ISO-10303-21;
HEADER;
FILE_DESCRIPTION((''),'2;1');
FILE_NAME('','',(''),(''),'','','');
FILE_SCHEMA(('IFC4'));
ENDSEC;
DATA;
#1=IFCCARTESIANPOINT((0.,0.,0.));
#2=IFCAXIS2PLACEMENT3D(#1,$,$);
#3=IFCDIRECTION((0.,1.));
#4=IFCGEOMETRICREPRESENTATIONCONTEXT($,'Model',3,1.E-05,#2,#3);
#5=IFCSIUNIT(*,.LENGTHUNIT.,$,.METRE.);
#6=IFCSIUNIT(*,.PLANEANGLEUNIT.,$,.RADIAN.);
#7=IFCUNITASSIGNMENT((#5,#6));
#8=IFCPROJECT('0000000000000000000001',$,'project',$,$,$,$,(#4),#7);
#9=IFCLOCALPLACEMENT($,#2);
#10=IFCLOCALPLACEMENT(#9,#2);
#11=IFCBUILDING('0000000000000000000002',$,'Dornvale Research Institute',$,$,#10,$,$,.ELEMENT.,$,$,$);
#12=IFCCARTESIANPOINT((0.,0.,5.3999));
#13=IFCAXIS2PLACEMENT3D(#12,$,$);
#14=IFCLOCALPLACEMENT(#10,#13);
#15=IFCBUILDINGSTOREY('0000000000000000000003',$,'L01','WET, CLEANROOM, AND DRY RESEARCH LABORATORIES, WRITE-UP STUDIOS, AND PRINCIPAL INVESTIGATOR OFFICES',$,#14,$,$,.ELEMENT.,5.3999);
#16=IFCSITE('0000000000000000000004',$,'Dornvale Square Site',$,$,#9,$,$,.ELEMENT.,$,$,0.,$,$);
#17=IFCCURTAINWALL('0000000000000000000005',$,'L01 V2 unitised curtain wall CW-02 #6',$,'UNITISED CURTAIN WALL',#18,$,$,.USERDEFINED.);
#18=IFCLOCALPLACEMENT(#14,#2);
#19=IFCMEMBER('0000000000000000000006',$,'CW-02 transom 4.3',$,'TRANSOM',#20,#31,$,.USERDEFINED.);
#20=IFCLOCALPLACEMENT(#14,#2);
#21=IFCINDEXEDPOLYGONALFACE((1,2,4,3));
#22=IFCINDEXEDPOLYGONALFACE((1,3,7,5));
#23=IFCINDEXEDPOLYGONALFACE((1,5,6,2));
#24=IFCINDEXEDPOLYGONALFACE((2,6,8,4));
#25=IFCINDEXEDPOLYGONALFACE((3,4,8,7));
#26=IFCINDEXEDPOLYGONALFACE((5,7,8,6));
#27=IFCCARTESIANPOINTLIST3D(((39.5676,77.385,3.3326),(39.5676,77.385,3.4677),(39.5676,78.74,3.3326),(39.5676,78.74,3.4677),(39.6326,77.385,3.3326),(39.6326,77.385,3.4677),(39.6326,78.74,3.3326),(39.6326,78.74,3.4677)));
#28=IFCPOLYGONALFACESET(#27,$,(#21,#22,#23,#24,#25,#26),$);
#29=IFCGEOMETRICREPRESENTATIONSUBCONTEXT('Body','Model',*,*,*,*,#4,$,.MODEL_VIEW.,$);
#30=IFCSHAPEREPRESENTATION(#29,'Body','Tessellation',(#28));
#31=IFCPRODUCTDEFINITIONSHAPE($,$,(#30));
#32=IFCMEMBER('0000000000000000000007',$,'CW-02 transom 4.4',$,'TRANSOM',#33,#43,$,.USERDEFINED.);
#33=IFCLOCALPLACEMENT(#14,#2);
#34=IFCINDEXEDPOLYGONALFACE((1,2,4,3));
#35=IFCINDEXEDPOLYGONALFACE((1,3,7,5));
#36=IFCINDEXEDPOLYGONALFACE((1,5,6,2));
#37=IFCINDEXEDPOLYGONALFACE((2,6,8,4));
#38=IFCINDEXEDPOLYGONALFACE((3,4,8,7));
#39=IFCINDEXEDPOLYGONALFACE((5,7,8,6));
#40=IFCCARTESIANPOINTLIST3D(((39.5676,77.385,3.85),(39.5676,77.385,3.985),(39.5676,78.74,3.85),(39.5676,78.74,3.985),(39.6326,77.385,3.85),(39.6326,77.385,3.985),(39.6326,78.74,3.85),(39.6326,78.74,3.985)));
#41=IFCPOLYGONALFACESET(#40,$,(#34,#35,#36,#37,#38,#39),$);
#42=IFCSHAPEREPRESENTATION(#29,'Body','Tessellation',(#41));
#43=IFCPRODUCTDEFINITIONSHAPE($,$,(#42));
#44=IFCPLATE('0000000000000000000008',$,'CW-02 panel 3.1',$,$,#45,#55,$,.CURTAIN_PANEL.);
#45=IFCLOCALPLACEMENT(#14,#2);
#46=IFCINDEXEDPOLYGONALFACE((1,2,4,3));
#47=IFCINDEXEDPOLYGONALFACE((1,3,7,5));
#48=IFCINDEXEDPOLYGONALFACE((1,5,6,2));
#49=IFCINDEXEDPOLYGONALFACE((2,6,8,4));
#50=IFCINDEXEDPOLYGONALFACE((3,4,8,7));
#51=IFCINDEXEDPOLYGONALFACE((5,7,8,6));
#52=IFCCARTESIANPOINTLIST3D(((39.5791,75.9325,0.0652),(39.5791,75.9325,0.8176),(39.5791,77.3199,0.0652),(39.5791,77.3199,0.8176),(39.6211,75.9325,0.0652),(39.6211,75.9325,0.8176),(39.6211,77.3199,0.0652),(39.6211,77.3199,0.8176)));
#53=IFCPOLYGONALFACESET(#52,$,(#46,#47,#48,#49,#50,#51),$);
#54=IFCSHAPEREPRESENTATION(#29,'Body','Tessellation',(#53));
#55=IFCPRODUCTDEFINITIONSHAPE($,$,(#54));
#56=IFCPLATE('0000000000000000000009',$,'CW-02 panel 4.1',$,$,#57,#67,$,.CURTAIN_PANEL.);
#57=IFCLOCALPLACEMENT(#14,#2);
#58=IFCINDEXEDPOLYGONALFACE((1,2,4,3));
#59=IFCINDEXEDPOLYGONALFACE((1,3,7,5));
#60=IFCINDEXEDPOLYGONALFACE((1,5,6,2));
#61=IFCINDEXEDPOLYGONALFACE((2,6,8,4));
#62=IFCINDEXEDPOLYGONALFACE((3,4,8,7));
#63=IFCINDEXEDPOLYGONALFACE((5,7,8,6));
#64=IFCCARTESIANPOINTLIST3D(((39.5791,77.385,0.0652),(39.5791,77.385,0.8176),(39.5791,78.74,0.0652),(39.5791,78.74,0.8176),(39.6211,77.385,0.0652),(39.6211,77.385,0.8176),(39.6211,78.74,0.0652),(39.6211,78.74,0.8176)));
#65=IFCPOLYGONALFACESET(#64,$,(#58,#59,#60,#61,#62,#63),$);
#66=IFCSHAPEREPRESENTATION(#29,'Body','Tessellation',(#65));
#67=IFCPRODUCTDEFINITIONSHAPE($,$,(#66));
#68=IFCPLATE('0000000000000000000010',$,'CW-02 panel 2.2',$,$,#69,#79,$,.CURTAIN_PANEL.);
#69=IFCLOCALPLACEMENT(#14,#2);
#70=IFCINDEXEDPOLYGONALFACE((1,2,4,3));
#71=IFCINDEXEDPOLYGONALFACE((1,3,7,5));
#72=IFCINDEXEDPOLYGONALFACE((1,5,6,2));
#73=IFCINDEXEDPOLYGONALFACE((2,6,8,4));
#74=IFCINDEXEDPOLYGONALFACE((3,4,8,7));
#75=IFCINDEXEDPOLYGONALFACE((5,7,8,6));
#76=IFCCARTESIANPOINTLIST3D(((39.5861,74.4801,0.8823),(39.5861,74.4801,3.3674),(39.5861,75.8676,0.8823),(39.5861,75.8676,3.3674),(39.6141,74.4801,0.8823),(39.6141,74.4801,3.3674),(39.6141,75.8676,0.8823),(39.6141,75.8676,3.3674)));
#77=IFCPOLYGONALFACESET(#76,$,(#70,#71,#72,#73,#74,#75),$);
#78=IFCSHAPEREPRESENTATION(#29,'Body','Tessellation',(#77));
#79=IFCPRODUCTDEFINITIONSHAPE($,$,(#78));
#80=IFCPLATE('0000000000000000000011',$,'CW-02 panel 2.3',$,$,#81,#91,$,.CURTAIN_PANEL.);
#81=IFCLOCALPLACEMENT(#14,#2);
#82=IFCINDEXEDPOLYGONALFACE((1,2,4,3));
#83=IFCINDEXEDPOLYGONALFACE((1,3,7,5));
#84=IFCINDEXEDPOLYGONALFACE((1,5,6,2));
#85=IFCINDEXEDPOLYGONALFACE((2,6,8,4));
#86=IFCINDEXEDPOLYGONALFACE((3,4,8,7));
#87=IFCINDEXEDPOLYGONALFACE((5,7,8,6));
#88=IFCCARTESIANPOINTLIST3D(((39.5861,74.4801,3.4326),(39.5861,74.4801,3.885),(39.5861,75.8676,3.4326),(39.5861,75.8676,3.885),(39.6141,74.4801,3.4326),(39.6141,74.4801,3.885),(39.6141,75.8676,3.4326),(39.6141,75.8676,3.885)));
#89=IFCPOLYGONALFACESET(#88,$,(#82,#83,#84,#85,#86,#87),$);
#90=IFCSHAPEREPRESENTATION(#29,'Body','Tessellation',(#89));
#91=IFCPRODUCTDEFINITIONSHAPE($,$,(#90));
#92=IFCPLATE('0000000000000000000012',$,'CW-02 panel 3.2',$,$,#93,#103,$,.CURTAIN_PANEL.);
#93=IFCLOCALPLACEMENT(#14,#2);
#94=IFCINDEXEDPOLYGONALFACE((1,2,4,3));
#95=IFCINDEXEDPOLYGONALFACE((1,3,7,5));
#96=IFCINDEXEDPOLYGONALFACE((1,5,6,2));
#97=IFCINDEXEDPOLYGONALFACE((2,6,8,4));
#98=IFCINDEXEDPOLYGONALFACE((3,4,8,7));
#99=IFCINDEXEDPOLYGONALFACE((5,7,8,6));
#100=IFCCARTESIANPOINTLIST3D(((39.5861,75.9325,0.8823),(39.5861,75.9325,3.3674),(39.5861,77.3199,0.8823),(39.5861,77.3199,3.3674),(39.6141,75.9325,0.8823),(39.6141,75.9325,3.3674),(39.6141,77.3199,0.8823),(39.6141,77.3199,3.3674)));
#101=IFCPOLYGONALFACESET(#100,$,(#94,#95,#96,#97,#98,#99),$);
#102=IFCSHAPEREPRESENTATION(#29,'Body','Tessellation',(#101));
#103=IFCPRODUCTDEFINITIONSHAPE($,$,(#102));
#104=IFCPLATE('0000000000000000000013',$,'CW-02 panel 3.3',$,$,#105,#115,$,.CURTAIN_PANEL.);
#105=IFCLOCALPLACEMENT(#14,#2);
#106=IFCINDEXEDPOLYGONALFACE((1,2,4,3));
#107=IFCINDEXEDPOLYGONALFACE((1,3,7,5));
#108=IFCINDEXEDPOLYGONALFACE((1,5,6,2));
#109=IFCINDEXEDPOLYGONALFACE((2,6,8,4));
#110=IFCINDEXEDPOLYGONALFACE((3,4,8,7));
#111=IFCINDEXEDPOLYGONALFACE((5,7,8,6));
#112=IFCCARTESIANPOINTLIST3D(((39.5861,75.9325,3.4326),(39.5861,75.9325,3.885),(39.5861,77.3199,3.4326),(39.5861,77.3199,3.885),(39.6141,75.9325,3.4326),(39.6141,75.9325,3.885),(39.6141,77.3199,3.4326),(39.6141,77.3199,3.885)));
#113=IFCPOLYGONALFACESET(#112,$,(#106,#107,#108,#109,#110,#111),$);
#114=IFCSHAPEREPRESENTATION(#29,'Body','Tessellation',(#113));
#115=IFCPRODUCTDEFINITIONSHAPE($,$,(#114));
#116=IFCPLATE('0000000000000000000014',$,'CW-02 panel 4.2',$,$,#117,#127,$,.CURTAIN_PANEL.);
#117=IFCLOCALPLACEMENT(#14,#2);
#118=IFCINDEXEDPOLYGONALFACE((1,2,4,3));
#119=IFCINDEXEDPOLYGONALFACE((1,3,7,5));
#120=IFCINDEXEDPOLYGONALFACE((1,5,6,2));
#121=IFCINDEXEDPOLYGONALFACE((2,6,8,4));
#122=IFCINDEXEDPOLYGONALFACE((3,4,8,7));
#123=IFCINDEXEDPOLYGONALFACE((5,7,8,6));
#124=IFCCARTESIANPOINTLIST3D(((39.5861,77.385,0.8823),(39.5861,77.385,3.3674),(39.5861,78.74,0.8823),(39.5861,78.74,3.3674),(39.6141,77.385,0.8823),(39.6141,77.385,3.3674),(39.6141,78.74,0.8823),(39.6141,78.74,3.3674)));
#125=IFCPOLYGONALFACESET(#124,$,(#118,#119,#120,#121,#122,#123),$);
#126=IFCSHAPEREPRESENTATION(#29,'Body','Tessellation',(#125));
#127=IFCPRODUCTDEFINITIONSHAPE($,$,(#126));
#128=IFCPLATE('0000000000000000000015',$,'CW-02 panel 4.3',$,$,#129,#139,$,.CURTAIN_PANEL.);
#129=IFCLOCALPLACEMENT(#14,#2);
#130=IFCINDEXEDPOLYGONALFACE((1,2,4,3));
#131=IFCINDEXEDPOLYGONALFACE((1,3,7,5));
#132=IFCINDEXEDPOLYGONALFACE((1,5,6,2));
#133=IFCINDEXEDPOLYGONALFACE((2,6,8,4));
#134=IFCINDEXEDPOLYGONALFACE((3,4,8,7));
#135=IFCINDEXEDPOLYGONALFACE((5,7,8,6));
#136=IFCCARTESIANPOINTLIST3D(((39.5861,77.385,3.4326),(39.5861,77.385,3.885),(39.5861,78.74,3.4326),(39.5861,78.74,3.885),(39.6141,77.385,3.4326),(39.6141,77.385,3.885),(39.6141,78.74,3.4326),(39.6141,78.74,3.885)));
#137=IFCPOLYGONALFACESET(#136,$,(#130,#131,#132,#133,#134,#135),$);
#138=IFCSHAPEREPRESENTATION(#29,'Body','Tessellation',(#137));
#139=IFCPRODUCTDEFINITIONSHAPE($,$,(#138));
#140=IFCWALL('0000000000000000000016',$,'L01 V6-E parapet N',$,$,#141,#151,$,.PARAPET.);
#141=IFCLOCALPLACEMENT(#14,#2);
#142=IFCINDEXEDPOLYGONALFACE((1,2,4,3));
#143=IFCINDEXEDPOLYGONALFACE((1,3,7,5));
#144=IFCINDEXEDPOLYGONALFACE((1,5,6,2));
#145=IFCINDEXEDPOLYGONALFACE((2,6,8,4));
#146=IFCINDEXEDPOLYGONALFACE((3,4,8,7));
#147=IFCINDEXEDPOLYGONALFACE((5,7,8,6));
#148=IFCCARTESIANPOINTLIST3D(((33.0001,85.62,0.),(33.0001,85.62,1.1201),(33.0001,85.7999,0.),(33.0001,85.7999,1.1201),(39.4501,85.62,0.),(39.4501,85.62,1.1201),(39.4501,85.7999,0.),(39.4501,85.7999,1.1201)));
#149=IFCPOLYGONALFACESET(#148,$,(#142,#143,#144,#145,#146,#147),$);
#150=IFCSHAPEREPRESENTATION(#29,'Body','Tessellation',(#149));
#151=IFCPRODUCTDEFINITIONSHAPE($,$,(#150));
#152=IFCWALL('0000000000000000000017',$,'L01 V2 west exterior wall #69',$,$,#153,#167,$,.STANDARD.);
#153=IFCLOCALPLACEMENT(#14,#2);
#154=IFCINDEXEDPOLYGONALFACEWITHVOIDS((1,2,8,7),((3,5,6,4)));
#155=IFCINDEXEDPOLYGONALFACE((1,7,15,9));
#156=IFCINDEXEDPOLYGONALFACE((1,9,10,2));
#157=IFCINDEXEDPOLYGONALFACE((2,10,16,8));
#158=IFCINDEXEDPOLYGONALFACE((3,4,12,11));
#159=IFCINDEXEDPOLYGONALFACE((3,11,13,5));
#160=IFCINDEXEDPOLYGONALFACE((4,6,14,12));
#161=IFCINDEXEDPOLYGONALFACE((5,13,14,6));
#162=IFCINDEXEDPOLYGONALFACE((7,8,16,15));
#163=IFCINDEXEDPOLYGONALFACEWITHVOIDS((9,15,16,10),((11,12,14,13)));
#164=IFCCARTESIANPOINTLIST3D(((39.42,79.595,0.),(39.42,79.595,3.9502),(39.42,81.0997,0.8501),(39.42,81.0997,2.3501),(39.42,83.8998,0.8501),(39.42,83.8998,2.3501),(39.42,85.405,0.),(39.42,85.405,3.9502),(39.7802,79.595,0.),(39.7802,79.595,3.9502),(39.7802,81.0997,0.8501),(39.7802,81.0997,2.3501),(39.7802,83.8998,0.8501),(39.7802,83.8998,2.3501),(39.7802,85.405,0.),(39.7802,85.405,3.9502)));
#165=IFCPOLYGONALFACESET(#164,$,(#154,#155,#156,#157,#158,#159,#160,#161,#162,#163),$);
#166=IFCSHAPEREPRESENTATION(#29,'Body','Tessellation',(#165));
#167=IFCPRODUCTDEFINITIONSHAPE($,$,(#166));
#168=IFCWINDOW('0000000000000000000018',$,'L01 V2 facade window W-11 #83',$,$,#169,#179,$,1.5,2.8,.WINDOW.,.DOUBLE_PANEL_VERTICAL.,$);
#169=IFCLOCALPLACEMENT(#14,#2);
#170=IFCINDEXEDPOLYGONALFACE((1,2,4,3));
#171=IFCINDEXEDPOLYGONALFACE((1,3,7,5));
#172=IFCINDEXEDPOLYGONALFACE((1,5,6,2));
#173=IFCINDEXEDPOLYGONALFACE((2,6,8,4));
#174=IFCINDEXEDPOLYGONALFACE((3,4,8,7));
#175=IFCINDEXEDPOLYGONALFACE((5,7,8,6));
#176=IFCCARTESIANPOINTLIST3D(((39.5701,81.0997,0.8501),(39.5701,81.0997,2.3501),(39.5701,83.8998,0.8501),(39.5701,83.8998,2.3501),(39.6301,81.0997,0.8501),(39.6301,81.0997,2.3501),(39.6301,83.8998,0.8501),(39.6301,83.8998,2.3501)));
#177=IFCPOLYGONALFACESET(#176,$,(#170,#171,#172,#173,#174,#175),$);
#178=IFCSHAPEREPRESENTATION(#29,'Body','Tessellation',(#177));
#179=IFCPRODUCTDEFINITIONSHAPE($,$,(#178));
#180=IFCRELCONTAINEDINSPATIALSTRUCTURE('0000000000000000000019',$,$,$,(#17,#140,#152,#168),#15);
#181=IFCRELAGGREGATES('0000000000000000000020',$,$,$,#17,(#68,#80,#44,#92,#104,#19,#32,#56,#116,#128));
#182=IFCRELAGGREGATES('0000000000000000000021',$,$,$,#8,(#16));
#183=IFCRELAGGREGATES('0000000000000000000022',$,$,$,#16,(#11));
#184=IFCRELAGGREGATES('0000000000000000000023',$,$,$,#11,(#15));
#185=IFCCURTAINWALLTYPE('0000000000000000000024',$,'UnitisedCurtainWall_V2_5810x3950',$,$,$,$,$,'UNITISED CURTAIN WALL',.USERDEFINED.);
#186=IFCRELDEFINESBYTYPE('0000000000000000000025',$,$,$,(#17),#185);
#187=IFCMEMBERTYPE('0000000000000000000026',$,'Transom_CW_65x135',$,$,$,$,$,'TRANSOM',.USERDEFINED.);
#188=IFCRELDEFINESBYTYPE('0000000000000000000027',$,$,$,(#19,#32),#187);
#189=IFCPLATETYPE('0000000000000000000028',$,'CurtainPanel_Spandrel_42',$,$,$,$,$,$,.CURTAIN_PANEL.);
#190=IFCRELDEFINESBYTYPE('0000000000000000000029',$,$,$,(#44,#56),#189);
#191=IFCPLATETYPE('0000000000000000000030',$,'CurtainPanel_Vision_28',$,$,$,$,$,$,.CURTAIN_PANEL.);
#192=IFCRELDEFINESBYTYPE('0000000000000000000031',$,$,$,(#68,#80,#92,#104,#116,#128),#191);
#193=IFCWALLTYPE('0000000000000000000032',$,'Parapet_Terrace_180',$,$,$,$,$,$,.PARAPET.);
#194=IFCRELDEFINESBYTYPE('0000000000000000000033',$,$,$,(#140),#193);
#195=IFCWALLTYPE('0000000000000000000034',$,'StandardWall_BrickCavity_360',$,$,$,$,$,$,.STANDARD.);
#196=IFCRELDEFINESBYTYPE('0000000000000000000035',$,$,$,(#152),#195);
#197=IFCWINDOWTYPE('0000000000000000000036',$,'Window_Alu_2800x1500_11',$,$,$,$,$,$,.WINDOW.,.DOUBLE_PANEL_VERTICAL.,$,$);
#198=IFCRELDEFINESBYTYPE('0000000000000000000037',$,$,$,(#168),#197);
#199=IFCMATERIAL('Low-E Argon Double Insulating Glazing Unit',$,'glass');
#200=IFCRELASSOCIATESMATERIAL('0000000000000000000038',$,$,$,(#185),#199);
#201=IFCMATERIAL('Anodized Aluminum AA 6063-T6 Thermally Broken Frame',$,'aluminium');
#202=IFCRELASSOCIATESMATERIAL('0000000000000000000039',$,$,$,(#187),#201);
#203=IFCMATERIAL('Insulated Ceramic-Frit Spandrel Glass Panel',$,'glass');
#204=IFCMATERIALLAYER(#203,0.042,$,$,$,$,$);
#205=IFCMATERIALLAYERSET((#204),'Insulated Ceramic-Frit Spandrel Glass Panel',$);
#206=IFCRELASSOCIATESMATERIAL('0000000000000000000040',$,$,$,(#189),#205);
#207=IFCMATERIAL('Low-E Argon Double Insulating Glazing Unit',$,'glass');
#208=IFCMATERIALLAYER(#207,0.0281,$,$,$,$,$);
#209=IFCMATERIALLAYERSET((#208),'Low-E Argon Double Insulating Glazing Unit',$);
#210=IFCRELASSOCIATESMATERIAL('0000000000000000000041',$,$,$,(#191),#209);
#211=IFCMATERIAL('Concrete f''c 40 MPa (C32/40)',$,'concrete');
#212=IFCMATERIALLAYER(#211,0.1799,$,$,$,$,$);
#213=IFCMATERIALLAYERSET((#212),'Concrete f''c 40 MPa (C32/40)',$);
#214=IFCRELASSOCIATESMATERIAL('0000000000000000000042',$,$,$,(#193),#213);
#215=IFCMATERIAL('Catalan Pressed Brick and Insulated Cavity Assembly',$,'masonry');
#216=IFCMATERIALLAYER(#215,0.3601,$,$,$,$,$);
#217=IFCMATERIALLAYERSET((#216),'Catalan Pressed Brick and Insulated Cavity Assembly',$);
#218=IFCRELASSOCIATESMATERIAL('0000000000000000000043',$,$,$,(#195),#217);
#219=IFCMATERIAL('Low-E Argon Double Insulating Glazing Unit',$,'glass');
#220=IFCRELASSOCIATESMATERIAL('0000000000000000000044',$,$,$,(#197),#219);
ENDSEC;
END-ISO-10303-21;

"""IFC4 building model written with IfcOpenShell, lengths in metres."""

from ifc_helpers import new_model, si_unit, direction, frame, frame_2d, origin, origin_2d, place, context, subcontext, project, spatial, rectangle, extrude, material, layer, layer_set, material_profile, profile_set, type_object, element, fill, aggregate, save


model = new_model("IFC4")

# Units and contexts
model_context = context("Model", 3, precision=1e-05, world=origin(), true_north=direction((0.0, 1.0)))
body_context = subcontext(model_context, "Body", "Model", "MODEL_VIEW")
ifc_project = project(units=[si_unit("LENGTHUNIT", "METRE"), si_unit("PLANEANGLEUNIT", "RADIAN")], contexts=[model_context])

# Site, building, storey
site_placement = place(None, origin())
site = spatial("IfcSite", under=ifc_project, at=site_placement, Name="Dornvale Square Site", CompositionType="ELEMENT", RefElevation=0.0)
building_placement = place(site_placement, origin())
building = spatial("IfcBuilding", under=site, at=building_placement, Name="Dornvale Research Institute", CompositionType="ELEMENT")
storey_placement = place(building_placement, frame((0.0, 0.0, 5.3999)))
storey = spatial("IfcBuildingStorey", under=building, at=storey_placement, Name="L01", Description="WET, CLEANROOM, AND DRY RESEARCH LABORATORIES, WRITE-UP STUDIOS, AND PRINCIPAL INVESTIGATOR OFFICES", CompositionType="ELEMENT", Elevation=5.3999)

# Curtain wall
ifc_material_1 = material(Name="Low-E Argon Double Insulating Glazing Unit", Category="glass")
curtain_wall_type = type_object("IfcCurtainWallType", Name="UnitisedCurtainWall_V2_5810x3950", ElementType="UNITISED CURTAIN WALL", PredefinedType="USERDEFINED", material=ifc_material_1)
curtain_wall_placement = place(storey_placement, origin())
curtain_wall = element("IfcCurtainWall", 1, at=curtain_wall_placement, inside=storey, type_object=curtain_wall_type, Name="L01 V2 unitised curtain wall CW-02 #6", ObjectType="UNITISED CURTAIN WALL", PredefinedType="USERDEFINED")

# Members
ifc_material_2 = material(Name="Anodized Aluminum AA 6063-T6 Thermally Broken Frame", Category="aluminium")
ifc_material_profile_1 = material_profile(ifc_material_2, rectangle(XDim=0.0649, YDim=0.135, at=origin_2d()), Name="ALU TRANSOM 65x135")
ifc_profile_set_1 = profile_set([ifc_material_profile_1], Name="Anodized Aluminum AA 6063-T6 Thermally Broken Frame")
member_type_1 = type_object("IfcMemberType", Name="Transom_CW_65x135", ElementType="TRANSOM", PredefinedType="USERDEFINED", material=ifc_profile_set_1)
member_1_placement = place(storey_placement, frame((39.6001, 77.385, 3.4001), z_axis=(0.0, 1.0, 0.0), x_axis=(-1.0, 0.0, 0.0)))
member_1 = element("IfcMember", 2, at=member_1_placement, type_object=member_type_1, Name="CW-02 transom 4.3", ObjectType="TRANSOM", PredefinedType="USERDEFINED", context=body_context, shape_type="SweptSolid", body=[
    extrude(rectangle(XDim=0.0649, YDim=0.135, at=origin_2d()), origin(), (0.0, 0.0, 1.0), 1.355),
])
member_2_placement = place(storey_placement, frame((39.6001, 77.385, 3.9175), z_axis=(0.0, 1.0, 0.0), x_axis=(-1.0, 0.0, 0.0)))
member_2 = element("IfcMember", 3, at=member_2_placement, type_object=member_type_1, Name="CW-02 transom 4.4", ObjectType="TRANSOM", PredefinedType="USERDEFINED", context=body_context, shape_type="SweptSolid", body=[
    extrude(rectangle(XDim=0.0649, YDim=0.135, at=origin_2d()), origin(), (0.0, 0.0, 1.0), 1.355),
])

# Plates
ifc_material_3 = material(Name="Insulated Ceramic-Frit Spandrel Glass Panel", Category="glass")
ifc_layer_1 = layer(ifc_material_3, 0.042)
ifc_layer_set_1 = layer_set([ifc_layer_1], Name="Insulated Ceramic-Frit Spandrel Glass Panel")
plate_type_1 = type_object("IfcPlateType", Name="CurtainPanel_Spandrel_42", PredefinedType="CURTAIN_PANEL", material=ifc_layer_set_1)
plate_1_placement = place(storey_placement, frame((39.6001, 76.6262, 0.0652), z_axis=(0.0, 0.0, 1.0), x_axis=(0.0, 1.0, 0.0)))
plate_1 = element("IfcPlate", 4, at=plate_1_placement, type_object=plate_type_1, Name="CW-02 panel 3.1", PredefinedType="CURTAIN_PANEL", context=body_context, shape_type="SweptSolid", body=[
    extrude(rectangle(XDim=1.3875, YDim=0.042, at=origin_2d()), origin(), (0.0, 0.0, 1.0), 0.7524),
])
plate_2_placement = place(storey_placement, frame((39.6001, 78.0625, 0.0652), z_axis=(0.0, 0.0, 1.0), x_axis=(0.0, 1.0, 0.0)))
plate_2 = element("IfcPlate", 5, at=plate_2_placement, type_object=plate_type_1, Name="CW-02 panel 4.1", PredefinedType="CURTAIN_PANEL", context=body_context, shape_type="SweptSolid", body=[
    extrude(rectangle(XDim=1.355, YDim=0.042, at=origin_2d()), origin(), (0.0, 0.0, 1.0), 0.7524),
])
ifc_material_4 = material(Name="Low-E Argon Double Insulating Glazing Unit", Category="glass")
ifc_layer_2 = layer(ifc_material_4, 0.0281)
ifc_layer_set_2 = layer_set([ifc_layer_2], Name="Low-E Argon Double Insulating Glazing Unit")
plate_type_2 = type_object("IfcPlateType", Name="CurtainPanel_Vision_28", PredefinedType="CURTAIN_PANEL", material=ifc_layer_set_2)
plate_3_placement = place(storey_placement, frame((39.6001, 75.1738, 0.8823), z_axis=(0.0, 0.0, 1.0), x_axis=(0.0, 1.0, 0.0)))
plate_3 = element("IfcPlate", 6, at=plate_3_placement, type_object=plate_type_2, Name="CW-02 panel 2.2", PredefinedType="CURTAIN_PANEL", context=body_context, shape_type="SweptSolid", body=[
    extrude(rectangle(XDim=1.3875, YDim=0.0281, at=origin_2d()), origin(), (0.0, 0.0, 1.0), 2.4851),
])
plate_4_placement = place(storey_placement, frame((39.6001, 75.1738, 3.4326), z_axis=(0.0, 0.0, 1.0), x_axis=(0.0, 1.0, 0.0)))
plate_4 = element("IfcPlate", 7, at=plate_4_placement, type_object=plate_type_2, Name="CW-02 panel 2.3", PredefinedType="CURTAIN_PANEL", context=body_context, shape_type="SweptSolid", body=[
    extrude(rectangle(XDim=1.3875, YDim=0.0281, at=origin_2d()), origin(), (0.0, 0.0, 1.0), 0.4524),
])
plate_5_placement = place(storey_placement, frame((39.6001, 76.6262, 0.8823), z_axis=(0.0, 0.0, 1.0), x_axis=(0.0, 1.0, 0.0)))
plate_5 = element("IfcPlate", 8, at=plate_5_placement, type_object=plate_type_2, Name="CW-02 panel 3.2", PredefinedType="CURTAIN_PANEL", context=body_context, shape_type="SweptSolid", body=[
    extrude(rectangle(XDim=1.3875, YDim=0.0281, at=origin_2d()), origin(), (0.0, 0.0, 1.0), 2.4851),
])
plate_6_placement = place(storey_placement, frame((39.6001, 76.6262, 3.4326), z_axis=(0.0, 0.0, 1.0), x_axis=(0.0, 1.0, 0.0)))
plate_6 = element("IfcPlate", 9, at=plate_6_placement, type_object=plate_type_2, Name="CW-02 panel 3.3", PredefinedType="CURTAIN_PANEL", context=body_context, shape_type="SweptSolid", body=[
    extrude(rectangle(XDim=1.3875, YDim=0.0281, at=origin_2d()), origin(), (0.0, 0.0, 1.0), 0.4524),
])
plate_7_placement = place(storey_placement, frame((39.6001, 78.0625, 0.8823), z_axis=(0.0, 0.0, 1.0), x_axis=(0.0, 1.0, 0.0)))
plate_7 = element("IfcPlate", 10, at=plate_7_placement, type_object=plate_type_2, Name="CW-02 panel 4.2", PredefinedType="CURTAIN_PANEL", context=body_context, shape_type="SweptSolid", body=[
    extrude(rectangle(XDim=1.355, YDim=0.0281, at=origin_2d()), origin(), (0.0, 0.0, 1.0), 2.4851),
])
plate_8_placement = place(storey_placement, frame((39.6001, 78.0625, 3.4326), z_axis=(0.0, 0.0, 1.0), x_axis=(0.0, 1.0, 0.0)))
plate_8 = element("IfcPlate", 11, at=plate_8_placement, type_object=plate_type_2, Name="CW-02 panel 4.3", PredefinedType="CURTAIN_PANEL", context=body_context, shape_type="SweptSolid", body=[
    extrude(rectangle(XDim=1.355, YDim=0.0281, at=origin_2d()), origin(), (0.0, 0.0, 1.0), 0.4524),
])
aggregate(curtain_wall, [plate_3, plate_4, plate_1, plate_5, plate_6, member_1, member_2, plate_2, plate_7, plate_8])

# Wall
ifc_material_5 = material(Name="Concrete f'c 40 MPa (C32/40)", Category="concrete")
ifc_layer_3 = layer(ifc_material_5, 0.1799)
ifc_layer_set_3 = layer_set([ifc_layer_3], Name="Concrete f'c 40 MPa (C32/40)")
wall_type_1 = type_object("IfcWallType", Name="Parapet_Terrace_180", PredefinedType="PARAPET", material=ifc_layer_set_3)
wall_1_placement = place(storey_placement, frame((33.0, 85.71, 0.0), z_axis=(0.0, 0.0, 1.0), x_axis=(1.0, 0.0, 0.0)))
element("IfcWall", 12, at=wall_1_placement, inside=storey, type_object=wall_type_1, Name="L01 V6-E parapet N", PredefinedType="PARAPET", context=body_context, shape_type="SweptSolid", body=[
    extrude(rectangle(XDim=6.45, YDim=0.1799, at=frame_2d((3.2251, 0.0))), origin(), (0.0, 0.0, 1.0), 1.1201),
])

# Wall, opening, window
ifc_material_6 = material(Name="Catalan Pressed Brick and Insulated Cavity Assembly", Category="masonry")
ifc_layer_4 = layer(ifc_material_6, 0.3601)
ifc_layer_set_4 = layer_set([ifc_layer_4], Name="Catalan Pressed Brick and Insulated Cavity Assembly")
wall_type_2 = type_object("IfcWallType", Name="StandardWall_BrickCavity_360", PredefinedType="STANDARD", material=ifc_layer_set_4)
wall_2_placement = place(storey_placement, frame((39.6001, 79.595, 0.0), z_axis=(0.0, 0.0, 1.0), x_axis=(0.0, 1.0, 0.0)))
wall_2 = element("IfcWall", 13, at=wall_2_placement, inside=storey, type_object=wall_type_2, Name="L01 V2 west exterior wall #69", PredefinedType="STANDARD", context=body_context, shape_type="SweptSolid", body=[
    extrude(rectangle(XDim=5.8101, YDim=0.3601, at=frame_2d((2.905, 0.0))), origin(), (0.0, 0.0, 1.0), 3.9502),
])
opening_1_placement = place(wall_2_placement, frame((1.5049, 0.0, 0.8501)))
opening_1 = element("IfcOpeningElement", 14, at=opening_1_placement, cuts=wall_2, PredefinedType="OPENING", context=body_context, shape_type="SweptSolid", body=[
    extrude(rectangle(XDim=2.8, YDim=1.5, at=frame_2d((1.3999, 0.75))), frame((0.0, 0.1951, 0.0), z_axis=(0.0, -1.0, 0.0), x_axis=(1.0, 0.0, 0.0)), (0.0, 0.0, 1.0), 0.3901),
])
ifc_material_7 = material(Name="Low-E Argon Double Insulating Glazing Unit", Category="glass")
window_type = type_object("IfcWindowType", Name="Window_Alu_2800x1500_11", PartitioningType="DOUBLE_PANEL_VERTICAL", PredefinedType="WINDOW", material=ifc_material_7)
window_placement = place(opening_1_placement, origin())
window = element("IfcWindow", 15, at=window_placement, inside=storey, type_object=window_type, Name="L01 V2 facade window W-11 #83", OverallHeight=1.5, OverallWidth=2.8, PartitioningType="DOUBLE_PANEL_VERTICAL", PredefinedType="WINDOW", context=body_context, shape_type="SweptSolid", body=[
    extrude(rectangle(XDim=2.8, YDim=1.5, at=frame_2d((1.3999, 0.75))), frame((0.0, 0.03, 0.0), z_axis=(0.0, -1.0, 0.0), x_axis=(1.0, 0.0, 0.0)), (0.0, 0.0, 1.0), 0.0601),
])
fill(opening_1, window)

save(model, "model.ifc")
